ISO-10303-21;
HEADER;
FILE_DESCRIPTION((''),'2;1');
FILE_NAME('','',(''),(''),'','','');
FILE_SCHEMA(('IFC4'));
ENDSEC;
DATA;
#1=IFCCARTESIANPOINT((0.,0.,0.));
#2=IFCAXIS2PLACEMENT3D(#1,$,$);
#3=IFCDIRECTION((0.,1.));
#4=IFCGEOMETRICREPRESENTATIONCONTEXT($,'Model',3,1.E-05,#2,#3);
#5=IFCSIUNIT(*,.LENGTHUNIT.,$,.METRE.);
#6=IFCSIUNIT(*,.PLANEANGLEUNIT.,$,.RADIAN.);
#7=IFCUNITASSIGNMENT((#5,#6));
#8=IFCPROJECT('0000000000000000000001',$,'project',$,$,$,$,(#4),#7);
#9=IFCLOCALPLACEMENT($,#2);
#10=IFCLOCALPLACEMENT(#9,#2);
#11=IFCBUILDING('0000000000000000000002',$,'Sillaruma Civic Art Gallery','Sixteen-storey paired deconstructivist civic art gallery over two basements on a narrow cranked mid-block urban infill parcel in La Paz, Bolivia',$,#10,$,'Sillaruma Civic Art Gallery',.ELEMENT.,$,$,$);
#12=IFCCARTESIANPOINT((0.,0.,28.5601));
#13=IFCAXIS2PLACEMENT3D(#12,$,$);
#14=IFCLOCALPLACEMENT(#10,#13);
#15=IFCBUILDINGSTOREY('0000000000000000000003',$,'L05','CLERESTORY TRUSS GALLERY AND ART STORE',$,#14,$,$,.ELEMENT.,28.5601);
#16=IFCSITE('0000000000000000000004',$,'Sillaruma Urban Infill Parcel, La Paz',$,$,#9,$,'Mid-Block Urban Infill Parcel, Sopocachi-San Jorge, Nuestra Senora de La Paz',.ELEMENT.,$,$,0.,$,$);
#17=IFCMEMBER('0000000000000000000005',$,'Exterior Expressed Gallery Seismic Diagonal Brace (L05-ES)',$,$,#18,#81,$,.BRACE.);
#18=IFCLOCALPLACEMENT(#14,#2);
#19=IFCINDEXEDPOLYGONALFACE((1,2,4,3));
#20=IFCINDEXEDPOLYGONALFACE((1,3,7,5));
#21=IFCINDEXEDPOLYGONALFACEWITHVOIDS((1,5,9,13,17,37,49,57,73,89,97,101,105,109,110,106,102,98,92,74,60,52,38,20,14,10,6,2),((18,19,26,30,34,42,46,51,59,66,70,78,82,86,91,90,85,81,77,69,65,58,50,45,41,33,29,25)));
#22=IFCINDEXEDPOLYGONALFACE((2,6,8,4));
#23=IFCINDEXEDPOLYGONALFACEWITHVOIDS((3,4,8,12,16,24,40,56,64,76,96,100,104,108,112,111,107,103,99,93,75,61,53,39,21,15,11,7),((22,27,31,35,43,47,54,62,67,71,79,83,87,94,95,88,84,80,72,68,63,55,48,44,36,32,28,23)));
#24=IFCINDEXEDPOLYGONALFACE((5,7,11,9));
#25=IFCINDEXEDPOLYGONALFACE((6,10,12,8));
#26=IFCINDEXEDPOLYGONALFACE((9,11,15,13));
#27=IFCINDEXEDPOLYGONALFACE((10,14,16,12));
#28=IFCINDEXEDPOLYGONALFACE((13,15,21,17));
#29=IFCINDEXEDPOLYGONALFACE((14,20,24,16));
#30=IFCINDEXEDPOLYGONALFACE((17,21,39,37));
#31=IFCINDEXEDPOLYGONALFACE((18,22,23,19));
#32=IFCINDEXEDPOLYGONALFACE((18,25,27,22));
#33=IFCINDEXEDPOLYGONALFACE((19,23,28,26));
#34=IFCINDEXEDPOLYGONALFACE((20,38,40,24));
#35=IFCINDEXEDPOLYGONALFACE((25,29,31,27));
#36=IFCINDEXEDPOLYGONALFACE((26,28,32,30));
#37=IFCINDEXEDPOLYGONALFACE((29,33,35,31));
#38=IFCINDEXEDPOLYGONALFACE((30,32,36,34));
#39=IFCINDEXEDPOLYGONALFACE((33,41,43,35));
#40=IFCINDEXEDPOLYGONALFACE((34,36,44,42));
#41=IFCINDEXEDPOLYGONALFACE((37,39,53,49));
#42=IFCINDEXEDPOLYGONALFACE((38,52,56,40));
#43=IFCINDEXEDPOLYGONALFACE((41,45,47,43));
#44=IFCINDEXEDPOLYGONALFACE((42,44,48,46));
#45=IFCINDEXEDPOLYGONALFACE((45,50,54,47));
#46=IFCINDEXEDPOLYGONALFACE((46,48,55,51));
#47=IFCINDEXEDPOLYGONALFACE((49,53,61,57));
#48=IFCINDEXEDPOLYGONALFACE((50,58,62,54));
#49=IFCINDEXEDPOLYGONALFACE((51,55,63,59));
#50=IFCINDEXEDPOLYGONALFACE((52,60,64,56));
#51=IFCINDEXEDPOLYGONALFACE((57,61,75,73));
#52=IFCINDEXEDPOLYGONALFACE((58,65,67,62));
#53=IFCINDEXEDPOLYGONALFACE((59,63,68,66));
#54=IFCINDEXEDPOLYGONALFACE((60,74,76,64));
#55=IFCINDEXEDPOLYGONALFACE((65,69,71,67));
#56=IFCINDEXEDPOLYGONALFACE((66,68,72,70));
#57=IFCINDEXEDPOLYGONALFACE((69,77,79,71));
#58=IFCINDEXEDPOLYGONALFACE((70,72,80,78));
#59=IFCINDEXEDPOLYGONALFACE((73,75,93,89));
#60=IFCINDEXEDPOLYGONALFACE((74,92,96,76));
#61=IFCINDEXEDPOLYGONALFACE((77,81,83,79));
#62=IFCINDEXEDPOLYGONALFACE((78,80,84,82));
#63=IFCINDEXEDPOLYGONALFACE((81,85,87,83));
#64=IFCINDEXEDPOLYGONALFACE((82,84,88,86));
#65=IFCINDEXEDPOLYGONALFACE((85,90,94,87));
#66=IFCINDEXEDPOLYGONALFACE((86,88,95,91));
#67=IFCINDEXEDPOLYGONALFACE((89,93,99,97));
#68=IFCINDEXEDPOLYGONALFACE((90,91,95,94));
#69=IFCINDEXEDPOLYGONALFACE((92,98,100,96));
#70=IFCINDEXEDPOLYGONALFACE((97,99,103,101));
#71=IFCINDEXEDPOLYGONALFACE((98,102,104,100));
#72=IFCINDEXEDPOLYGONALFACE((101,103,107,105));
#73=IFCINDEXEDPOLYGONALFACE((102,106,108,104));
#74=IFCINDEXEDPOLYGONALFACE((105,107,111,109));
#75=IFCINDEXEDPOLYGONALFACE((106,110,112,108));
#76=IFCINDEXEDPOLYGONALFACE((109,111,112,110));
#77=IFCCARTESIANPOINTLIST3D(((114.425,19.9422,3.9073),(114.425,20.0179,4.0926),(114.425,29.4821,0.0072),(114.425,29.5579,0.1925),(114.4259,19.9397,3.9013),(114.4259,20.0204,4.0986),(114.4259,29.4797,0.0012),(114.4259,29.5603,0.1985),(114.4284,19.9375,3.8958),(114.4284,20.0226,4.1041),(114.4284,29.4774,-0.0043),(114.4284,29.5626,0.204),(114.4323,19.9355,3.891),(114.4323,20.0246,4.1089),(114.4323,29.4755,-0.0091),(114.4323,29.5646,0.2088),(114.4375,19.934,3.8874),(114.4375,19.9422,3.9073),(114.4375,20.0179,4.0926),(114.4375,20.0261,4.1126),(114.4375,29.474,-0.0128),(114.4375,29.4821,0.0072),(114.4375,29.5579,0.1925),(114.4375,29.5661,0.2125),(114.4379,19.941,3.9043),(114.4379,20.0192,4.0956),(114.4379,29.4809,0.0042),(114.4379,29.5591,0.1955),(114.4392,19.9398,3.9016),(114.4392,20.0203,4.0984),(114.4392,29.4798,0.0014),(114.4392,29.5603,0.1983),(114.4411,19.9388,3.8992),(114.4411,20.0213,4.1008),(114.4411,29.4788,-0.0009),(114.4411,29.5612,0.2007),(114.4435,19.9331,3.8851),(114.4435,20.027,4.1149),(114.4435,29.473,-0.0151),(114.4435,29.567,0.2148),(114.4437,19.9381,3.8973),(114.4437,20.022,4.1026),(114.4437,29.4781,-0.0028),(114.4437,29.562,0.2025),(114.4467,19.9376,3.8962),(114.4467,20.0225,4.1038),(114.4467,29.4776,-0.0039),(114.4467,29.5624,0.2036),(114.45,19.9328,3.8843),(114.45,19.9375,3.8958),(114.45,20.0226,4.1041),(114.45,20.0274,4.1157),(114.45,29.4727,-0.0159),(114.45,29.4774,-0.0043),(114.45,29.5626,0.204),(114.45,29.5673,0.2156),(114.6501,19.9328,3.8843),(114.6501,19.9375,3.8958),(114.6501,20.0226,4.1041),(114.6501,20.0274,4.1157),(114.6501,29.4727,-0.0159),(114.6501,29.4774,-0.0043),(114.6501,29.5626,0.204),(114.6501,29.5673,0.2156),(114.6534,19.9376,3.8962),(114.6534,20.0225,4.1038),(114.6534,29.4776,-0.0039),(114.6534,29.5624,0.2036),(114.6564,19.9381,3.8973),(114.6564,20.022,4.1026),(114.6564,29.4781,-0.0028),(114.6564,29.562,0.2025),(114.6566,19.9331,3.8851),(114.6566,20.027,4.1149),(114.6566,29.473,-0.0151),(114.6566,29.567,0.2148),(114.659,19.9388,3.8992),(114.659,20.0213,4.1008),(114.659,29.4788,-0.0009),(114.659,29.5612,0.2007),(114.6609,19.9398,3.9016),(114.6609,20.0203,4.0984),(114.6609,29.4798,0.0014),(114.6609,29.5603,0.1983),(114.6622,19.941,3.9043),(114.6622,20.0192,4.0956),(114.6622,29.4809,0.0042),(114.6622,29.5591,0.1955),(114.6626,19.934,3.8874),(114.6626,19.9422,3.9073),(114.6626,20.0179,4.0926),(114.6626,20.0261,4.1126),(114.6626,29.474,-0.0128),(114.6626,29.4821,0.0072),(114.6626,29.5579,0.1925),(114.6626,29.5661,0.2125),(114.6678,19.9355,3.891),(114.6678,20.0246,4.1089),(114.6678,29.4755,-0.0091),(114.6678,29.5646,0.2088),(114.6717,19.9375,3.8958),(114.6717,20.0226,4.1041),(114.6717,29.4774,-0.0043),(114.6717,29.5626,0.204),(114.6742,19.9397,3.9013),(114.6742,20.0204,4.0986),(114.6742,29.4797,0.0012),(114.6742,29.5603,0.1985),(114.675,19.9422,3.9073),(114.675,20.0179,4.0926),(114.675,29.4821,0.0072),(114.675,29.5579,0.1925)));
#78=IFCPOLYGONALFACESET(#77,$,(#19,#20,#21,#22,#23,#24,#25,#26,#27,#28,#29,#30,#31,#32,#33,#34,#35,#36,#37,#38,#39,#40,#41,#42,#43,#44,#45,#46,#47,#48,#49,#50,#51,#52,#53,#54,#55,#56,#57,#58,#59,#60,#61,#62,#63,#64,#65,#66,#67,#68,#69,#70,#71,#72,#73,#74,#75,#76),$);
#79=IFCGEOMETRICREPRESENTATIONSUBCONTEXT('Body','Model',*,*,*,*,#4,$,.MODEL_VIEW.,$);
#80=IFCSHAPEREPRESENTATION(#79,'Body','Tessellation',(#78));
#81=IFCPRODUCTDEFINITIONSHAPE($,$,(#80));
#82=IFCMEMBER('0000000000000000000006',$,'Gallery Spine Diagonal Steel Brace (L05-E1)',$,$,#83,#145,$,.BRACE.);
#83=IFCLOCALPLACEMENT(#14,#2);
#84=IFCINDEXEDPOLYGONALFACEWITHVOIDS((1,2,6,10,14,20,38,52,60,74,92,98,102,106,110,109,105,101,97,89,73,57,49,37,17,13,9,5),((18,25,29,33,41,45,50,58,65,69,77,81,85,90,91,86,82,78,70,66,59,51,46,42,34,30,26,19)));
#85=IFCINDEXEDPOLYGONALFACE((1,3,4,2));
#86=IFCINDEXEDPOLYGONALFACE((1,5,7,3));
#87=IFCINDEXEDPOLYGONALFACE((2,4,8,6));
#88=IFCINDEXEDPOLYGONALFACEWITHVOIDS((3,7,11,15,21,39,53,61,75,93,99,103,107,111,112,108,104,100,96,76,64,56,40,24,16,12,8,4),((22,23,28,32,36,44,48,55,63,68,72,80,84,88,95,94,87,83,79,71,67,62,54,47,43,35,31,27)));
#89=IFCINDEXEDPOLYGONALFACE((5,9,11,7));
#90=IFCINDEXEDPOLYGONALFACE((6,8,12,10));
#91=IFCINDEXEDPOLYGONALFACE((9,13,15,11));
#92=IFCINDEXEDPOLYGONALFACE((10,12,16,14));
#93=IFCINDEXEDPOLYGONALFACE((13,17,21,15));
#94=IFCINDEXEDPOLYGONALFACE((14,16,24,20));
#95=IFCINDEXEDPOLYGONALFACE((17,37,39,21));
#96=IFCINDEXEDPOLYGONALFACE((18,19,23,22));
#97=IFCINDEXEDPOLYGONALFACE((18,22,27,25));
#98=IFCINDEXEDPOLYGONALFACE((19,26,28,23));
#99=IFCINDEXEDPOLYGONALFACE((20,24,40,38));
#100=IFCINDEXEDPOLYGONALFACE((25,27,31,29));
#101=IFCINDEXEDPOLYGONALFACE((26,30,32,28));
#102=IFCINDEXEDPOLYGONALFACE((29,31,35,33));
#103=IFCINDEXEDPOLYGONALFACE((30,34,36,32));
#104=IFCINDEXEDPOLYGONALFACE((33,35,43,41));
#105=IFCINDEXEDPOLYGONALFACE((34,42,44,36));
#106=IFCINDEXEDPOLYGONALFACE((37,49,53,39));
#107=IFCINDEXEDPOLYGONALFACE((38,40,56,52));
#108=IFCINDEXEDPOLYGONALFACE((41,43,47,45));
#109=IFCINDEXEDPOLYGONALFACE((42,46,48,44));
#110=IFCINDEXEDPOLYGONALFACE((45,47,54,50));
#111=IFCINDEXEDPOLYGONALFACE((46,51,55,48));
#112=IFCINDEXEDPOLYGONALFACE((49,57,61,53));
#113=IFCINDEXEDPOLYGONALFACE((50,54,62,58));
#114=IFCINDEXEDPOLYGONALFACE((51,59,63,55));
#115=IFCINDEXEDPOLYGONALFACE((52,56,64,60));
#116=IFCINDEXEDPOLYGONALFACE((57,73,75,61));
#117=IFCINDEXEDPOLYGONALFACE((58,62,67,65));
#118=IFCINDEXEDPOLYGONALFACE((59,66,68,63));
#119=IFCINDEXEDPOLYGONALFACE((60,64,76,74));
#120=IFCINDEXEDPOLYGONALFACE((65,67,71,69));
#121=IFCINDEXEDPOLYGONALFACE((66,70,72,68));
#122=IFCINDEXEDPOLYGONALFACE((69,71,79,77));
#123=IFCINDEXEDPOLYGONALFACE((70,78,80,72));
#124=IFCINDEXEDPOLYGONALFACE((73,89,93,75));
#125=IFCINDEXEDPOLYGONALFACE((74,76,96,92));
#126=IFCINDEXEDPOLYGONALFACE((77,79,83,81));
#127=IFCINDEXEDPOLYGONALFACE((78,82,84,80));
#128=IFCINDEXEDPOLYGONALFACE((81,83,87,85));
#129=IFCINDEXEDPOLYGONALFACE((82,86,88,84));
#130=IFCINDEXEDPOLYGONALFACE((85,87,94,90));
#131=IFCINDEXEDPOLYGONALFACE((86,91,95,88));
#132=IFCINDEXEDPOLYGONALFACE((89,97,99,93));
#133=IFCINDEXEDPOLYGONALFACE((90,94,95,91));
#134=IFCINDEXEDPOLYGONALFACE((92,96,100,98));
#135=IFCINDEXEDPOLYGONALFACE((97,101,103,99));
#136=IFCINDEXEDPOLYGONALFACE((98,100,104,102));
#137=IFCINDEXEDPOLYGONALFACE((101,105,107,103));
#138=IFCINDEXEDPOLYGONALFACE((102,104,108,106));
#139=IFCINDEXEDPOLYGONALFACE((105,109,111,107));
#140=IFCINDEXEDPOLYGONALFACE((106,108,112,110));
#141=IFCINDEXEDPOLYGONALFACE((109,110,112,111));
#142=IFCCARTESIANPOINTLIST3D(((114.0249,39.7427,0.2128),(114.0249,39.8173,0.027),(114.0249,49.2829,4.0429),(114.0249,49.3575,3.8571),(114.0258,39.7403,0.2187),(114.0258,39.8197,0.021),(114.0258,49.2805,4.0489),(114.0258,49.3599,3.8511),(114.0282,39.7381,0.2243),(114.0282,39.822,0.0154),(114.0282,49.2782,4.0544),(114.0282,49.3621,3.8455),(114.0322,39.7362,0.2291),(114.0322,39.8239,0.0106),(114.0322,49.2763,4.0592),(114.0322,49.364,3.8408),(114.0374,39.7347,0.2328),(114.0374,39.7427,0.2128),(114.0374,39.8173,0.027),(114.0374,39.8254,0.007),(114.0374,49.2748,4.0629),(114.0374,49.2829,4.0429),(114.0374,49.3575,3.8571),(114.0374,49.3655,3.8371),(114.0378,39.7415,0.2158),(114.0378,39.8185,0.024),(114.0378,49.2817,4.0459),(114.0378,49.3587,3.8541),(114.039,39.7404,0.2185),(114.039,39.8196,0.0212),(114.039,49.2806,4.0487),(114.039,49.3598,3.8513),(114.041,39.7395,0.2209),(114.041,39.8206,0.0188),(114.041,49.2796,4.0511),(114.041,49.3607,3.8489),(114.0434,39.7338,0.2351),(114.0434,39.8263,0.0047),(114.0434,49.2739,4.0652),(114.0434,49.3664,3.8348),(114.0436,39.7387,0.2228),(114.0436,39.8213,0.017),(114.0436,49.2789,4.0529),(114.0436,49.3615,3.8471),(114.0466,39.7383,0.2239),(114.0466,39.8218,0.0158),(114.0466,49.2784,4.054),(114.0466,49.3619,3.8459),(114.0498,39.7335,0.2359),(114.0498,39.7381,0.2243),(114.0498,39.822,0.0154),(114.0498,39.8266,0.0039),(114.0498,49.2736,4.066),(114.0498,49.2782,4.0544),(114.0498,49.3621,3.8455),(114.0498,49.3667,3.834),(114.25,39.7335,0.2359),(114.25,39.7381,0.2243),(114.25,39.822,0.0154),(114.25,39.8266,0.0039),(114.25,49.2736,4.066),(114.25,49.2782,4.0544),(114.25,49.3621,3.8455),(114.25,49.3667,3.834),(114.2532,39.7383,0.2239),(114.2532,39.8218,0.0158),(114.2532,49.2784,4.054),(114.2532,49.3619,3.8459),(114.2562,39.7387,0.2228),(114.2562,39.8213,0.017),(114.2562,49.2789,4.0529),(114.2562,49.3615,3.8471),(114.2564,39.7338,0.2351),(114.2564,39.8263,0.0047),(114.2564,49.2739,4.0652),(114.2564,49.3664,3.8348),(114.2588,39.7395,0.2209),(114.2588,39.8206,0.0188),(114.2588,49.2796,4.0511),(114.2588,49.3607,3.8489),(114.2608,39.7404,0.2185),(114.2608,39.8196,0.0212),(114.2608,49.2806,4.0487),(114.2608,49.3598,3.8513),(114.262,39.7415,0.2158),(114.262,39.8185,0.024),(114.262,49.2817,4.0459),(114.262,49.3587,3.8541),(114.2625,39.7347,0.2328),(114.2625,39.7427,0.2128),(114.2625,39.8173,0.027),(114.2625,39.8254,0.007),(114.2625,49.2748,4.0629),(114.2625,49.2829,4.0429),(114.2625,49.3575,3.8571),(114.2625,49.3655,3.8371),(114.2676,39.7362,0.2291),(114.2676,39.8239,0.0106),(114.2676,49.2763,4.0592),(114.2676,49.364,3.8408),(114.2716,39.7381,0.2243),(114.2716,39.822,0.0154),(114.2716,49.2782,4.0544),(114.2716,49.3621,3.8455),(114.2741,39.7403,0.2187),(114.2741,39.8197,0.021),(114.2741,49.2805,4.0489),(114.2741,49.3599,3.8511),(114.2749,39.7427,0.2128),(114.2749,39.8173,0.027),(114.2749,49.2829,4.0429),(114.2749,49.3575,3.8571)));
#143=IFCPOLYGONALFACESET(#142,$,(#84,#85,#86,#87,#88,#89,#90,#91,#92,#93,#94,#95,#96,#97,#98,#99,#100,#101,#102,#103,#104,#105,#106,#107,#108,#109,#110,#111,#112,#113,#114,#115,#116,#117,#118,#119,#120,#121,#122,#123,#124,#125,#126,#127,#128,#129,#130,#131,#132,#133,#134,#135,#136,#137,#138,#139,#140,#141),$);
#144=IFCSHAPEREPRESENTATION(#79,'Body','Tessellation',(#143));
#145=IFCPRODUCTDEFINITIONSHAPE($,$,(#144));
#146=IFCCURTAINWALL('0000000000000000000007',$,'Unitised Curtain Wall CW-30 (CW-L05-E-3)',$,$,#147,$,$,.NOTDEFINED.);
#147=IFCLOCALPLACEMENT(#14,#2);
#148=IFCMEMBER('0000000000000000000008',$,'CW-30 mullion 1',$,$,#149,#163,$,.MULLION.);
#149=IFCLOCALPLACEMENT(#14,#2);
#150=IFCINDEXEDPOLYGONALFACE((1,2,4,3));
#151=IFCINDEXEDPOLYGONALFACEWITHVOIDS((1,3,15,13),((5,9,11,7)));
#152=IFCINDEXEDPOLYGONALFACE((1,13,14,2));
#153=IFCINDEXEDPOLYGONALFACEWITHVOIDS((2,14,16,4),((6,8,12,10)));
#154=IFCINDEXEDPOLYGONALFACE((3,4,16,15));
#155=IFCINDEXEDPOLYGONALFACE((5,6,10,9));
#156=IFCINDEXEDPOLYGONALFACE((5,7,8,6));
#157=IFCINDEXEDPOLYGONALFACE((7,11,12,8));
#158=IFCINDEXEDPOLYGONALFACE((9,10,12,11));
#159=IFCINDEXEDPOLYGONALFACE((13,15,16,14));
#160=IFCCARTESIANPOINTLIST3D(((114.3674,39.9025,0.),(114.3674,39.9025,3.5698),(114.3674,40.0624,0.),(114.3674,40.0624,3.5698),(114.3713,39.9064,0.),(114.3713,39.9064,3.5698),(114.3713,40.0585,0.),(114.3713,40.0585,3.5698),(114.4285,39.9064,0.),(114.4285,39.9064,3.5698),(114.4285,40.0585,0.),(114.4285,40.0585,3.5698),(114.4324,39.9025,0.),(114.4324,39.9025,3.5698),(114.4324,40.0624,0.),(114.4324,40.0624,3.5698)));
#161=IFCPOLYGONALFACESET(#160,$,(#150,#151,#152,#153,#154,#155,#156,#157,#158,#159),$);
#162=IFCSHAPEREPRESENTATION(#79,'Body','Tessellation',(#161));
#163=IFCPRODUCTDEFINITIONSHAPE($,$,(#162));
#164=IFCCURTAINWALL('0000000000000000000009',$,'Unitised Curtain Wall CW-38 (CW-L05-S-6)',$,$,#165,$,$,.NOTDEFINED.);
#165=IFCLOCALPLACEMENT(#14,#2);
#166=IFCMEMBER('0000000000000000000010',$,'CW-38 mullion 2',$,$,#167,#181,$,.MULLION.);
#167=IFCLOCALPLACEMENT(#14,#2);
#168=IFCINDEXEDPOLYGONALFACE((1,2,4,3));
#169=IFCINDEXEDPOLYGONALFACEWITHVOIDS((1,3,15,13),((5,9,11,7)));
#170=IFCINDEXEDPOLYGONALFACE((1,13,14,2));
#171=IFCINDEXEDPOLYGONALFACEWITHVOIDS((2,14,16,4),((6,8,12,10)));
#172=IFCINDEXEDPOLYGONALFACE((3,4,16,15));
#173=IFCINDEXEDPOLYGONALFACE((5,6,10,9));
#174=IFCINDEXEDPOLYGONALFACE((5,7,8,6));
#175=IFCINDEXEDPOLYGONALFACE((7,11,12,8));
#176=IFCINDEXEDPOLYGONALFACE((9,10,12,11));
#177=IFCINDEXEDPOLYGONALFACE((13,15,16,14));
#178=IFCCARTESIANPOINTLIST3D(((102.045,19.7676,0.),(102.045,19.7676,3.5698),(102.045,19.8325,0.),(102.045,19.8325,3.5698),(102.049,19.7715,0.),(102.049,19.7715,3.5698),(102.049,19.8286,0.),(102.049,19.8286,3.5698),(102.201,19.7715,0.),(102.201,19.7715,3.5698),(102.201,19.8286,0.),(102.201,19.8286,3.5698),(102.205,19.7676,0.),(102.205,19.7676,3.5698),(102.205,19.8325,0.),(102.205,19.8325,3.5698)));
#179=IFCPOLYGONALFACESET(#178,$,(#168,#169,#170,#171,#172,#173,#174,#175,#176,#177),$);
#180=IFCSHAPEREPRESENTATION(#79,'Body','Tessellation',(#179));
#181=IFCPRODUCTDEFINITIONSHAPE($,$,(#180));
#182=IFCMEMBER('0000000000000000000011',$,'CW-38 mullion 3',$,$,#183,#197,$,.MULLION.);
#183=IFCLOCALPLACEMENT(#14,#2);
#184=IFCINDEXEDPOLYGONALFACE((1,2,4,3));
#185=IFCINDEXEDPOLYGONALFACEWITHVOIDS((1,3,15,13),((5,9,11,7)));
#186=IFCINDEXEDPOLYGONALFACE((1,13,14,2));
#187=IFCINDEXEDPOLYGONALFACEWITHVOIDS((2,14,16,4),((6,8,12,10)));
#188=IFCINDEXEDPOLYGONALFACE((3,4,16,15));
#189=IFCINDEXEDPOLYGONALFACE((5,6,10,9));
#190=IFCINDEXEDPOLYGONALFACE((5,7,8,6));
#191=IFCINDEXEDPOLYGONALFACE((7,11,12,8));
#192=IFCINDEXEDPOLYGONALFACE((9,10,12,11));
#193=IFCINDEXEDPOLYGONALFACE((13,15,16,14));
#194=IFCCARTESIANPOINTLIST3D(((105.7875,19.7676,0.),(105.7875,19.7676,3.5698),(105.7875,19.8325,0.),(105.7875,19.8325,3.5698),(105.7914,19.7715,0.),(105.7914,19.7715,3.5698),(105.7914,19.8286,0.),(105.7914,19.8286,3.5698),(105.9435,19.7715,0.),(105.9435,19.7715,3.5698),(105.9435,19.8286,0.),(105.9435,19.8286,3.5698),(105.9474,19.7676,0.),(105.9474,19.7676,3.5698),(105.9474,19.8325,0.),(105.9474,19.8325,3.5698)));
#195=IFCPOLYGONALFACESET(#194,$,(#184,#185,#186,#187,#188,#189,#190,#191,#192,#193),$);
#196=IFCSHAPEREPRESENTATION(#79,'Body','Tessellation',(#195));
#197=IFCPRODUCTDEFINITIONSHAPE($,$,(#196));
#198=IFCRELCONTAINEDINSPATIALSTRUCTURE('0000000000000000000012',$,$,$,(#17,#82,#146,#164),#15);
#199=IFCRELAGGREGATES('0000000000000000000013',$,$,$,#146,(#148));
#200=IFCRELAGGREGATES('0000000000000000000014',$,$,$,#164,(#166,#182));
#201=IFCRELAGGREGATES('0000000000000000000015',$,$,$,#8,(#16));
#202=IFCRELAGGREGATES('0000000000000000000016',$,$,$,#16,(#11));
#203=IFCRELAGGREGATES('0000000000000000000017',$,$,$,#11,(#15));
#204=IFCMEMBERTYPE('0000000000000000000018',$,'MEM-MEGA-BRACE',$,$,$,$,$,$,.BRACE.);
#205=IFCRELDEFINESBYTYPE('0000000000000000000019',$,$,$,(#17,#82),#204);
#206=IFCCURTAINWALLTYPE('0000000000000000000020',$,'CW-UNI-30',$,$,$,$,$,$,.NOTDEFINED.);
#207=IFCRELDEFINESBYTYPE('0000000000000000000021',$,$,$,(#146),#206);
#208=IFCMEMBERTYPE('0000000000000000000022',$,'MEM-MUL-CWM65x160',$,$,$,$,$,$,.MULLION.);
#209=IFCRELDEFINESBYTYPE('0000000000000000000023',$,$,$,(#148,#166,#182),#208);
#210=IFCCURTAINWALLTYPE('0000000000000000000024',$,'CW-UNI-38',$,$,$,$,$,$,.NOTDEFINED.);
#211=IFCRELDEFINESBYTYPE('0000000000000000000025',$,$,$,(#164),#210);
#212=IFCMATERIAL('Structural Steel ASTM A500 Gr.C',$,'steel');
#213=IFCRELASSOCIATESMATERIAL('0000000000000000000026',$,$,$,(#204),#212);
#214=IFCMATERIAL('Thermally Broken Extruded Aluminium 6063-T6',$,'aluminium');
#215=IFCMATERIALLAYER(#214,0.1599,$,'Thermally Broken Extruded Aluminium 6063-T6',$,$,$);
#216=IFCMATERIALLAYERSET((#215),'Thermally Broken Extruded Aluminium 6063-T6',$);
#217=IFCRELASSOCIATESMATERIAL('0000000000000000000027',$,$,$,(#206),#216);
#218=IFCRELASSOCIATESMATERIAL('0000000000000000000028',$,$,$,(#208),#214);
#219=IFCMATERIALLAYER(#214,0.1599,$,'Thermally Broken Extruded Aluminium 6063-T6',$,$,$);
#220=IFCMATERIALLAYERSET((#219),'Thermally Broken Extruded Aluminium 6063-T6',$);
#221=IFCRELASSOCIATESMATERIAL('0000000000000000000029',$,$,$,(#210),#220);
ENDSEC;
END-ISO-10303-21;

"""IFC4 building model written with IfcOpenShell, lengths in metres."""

from ifc_helpers import new_model, si_unit, direction, frame, origin, origin_2d, place, context, subcontext, project, spatial, hollow_rectangle, extrude, material, layer, layer_set, material_profile, profile_set, type_object, element, aggregate, save


model = new_model("IFC4")

# Units and contexts
model_context = context("Model", 3, precision=1e-05, world=origin(), true_north=direction((0.0, 1.0)))
body_context = subcontext(model_context, "Body", "Model", "MODEL_VIEW")
ifc_project = project(units=[si_unit("LENGTHUNIT", "METRE"), si_unit("PLANEANGLEUNIT", "RADIAN")], contexts=[model_context])

# Site, building, storey
site_placement = place(None, origin())
site = spatial("IfcSite", under=ifc_project, at=site_placement, Name="Sillaruma Urban Infill Parcel, La Paz", LongName="Mid-Block Urban Infill Parcel, Sopocachi-San Jorge, Nuestra Senora de La Paz", CompositionType="ELEMENT", RefElevation=0.0)
building_placement = place(site_placement, origin())
building = spatial("IfcBuilding", under=site, at=building_placement, Name="Sillaruma Civic Art Gallery", Description="Sixteen-storey paired deconstructivist civic art gallery over two basements on a narrow cranked mid-block urban infill parcel in La Paz, Bolivia", LongName="Sillaruma Civic Art Gallery", CompositionType="ELEMENT")
storey_placement = place(building_placement, frame((0.0, 0.0, 28.5601)))
storey = spatial("IfcBuildingStorey", under=building, at=storey_placement, Name="L05", Description="CLERESTORY TRUSS GALLERY AND ART STORE", CompositionType="ELEMENT", Elevation=28.5601)

# Members
ifc_material_1 = material(Name="Structural Steel ASTM A500 Gr.C", Category="steel")
ifc_material_profile_1 = material_profile(ifc_material_1, hollow_rectangle(XDim=0.25, YDim=0.25, WallThickness=0.0125, InnerFilletRadius=0.0125, OuterFilletRadius=0.0249, at=origin_2d()), Name="HSS250x250x12.5")
ifc_profile_set_1 = profile_set([ifc_material_profile_1], Name="Structural Steel ASTM A500 Gr.C")
member_type_1 = type_object("IfcMemberType", Name="MEM-MEGA-BRACE", PredefinedType="BRACE", material=ifc_profile_set_1)
member_1_placement = place(storey_placement, frame((114.55, 29.52, 0.0999), z_axis=(0.0, -0.925635, 0.378417), x_axis=(1.0, 0.0, 0.0)))
element("IfcMember", 1, at=member_1_placement, inside=storey, type_object=member_type_1, Name="Exterior Expressed Gallery Seismic Diagonal Brace (L05-ES)", PredefinedType="BRACE", context=body_context, shape_type="SweptSolid", body=[
    extrude(hollow_rectangle(XDim=0.25, YDim=0.25, WallThickness=0.0125, InnerFilletRadius=0.0125, OuterFilletRadius=0.0249, at=origin_2d()), origin(), (0.0, 0.0, 1.0), 10.3064),
])
member_2_placement = place(storey_placement, frame((114.1499, 39.78, 0.1199), z_axis=(0.0, 0.928004, 0.37257), x_axis=(-1.0, 0.0, 0.0)))
element("IfcMember", 2, at=member_2_placement, inside=storey, type_object=member_type_1, Name="Gallery Spine Diagonal Steel Brace (L05-E1)", PredefinedType="BRACE", context=body_context, shape_type="SweptSolid", body=[
    extrude(hollow_rectangle(XDim=0.25, YDim=0.25, WallThickness=0.0125, InnerFilletRadius=0.0125, OuterFilletRadius=0.0249, at=origin_2d()), origin(), (0.0, 0.0, 1.0), 10.2803),
])

# Curtain wall, member
ifc_material_2 = material(Name="Thermally Broken Extruded Aluminium 6063-T6", Category="aluminium")
ifc_layer_1 = layer(ifc_material_2, 0.1599, Name="Thermally Broken Extruded Aluminium 6063-T6")
ifc_layer_set_1 = layer_set([ifc_layer_1], Name="Thermally Broken Extruded Aluminium 6063-T6")
curtain_wall_type_1 = type_object("IfcCurtainWallType", Name="CW-UNI-30", PredefinedType="NOTDEFINED", material=ifc_layer_set_1)
curtain_wall_1_placement = place(storey_placement, origin())
curtain_wall_1 = element("IfcCurtainWall", 3, at=curtain_wall_1_placement, inside=storey, type_object=curtain_wall_type_1, Name="Unitised Curtain Wall CW-30 (CW-L05-E-3)", PredefinedType="NOTDEFINED")
ifc_material_profile_2 = material_profile(ifc_material_2, hollow_rectangle(XDim=0.0649, YDim=0.1599, WallThickness=0.0039, at=origin_2d()), Name="CWM65x160")
ifc_profile_set_2 = profile_set([ifc_material_profile_2], Name="Thermally Broken Extruded Aluminium 6063-T6")
member_type_2 = type_object("IfcMemberType", Name="MEM-MUL-CWM65x160", PredefinedType="MULLION", material=ifc_profile_set_2)
member_3_placement = place(storey_placement, frame((114.3999, 39.9824, 0.0), z_axis=(0.0, 0.0, 1.0), x_axis=(-1.0, 0.0, 0.0)))
member_3 = element("IfcMember", 4, at=member_3_placement, type_object=member_type_2, Name="CW-30 mullion 1", PredefinedType="MULLION", context=body_context, shape_type="SweptSolid", body=[
    extrude(hollow_rectangle(XDim=0.0649, YDim=0.1599, WallThickness=0.0039, at=origin_2d()), origin(), (0.0, 0.0, 1.0), 3.5698),
])

# Curtain wall, members
ifc_layer_2 = layer(ifc_material_2, 0.1599, Name="Thermally Broken Extruded Aluminium 6063-T6")
ifc_layer_set_2 = layer_set([ifc_layer_2], Name="Thermally Broken Extruded Aluminium 6063-T6")
curtain_wall_type_2 = type_object("IfcCurtainWallType", Name="CW-UNI-38", PredefinedType="NOTDEFINED", material=ifc_layer_set_2)
curtain_wall_2_placement = place(storey_placement, origin())
curtain_wall_2 = element("IfcCurtainWall", 5, at=curtain_wall_2_placement, inside=storey, type_object=curtain_wall_type_2, Name="Unitised Curtain Wall CW-38 (CW-L05-S-6)", PredefinedType="NOTDEFINED")
member_4_placement = place(storey_placement, frame((102.125, 19.8, 0.0), z_axis=(0.0, 0.0, 1.0), x_axis=(0.0, 1.0, 0.0)))
member_4 = element("IfcMember", 6, at=member_4_placement, type_object=member_type_2, Name="CW-38 mullion 2", PredefinedType="MULLION", context=body_context, shape_type="SweptSolid", body=[
    extrude(hollow_rectangle(XDim=0.0649, YDim=0.1599, WallThickness=0.0039, at=origin_2d()), origin(), (0.0, 0.0, 1.0), 3.5698),
])
member_5_placement = place(storey_placement, frame((105.8674, 19.8, 0.0), z_axis=(0.0, 0.0, 1.0), x_axis=(0.0, 1.0, 0.0)))
member_5 = element("IfcMember", 7, at=member_5_placement, type_object=member_type_2, Name="CW-38 mullion 3", PredefinedType="MULLION", context=body_context, shape_type="SweptSolid", body=[
    extrude(hollow_rectangle(XDim=0.0649, YDim=0.1599, WallThickness=0.0039, at=origin_2d()), origin(), (0.0, 0.0, 1.0), 3.5698),
])

aggregate(curtain_wall_1, [member_3])

aggregate(curtain_wall_2, [member_4, member_5])

save(model, "model.ifc")
